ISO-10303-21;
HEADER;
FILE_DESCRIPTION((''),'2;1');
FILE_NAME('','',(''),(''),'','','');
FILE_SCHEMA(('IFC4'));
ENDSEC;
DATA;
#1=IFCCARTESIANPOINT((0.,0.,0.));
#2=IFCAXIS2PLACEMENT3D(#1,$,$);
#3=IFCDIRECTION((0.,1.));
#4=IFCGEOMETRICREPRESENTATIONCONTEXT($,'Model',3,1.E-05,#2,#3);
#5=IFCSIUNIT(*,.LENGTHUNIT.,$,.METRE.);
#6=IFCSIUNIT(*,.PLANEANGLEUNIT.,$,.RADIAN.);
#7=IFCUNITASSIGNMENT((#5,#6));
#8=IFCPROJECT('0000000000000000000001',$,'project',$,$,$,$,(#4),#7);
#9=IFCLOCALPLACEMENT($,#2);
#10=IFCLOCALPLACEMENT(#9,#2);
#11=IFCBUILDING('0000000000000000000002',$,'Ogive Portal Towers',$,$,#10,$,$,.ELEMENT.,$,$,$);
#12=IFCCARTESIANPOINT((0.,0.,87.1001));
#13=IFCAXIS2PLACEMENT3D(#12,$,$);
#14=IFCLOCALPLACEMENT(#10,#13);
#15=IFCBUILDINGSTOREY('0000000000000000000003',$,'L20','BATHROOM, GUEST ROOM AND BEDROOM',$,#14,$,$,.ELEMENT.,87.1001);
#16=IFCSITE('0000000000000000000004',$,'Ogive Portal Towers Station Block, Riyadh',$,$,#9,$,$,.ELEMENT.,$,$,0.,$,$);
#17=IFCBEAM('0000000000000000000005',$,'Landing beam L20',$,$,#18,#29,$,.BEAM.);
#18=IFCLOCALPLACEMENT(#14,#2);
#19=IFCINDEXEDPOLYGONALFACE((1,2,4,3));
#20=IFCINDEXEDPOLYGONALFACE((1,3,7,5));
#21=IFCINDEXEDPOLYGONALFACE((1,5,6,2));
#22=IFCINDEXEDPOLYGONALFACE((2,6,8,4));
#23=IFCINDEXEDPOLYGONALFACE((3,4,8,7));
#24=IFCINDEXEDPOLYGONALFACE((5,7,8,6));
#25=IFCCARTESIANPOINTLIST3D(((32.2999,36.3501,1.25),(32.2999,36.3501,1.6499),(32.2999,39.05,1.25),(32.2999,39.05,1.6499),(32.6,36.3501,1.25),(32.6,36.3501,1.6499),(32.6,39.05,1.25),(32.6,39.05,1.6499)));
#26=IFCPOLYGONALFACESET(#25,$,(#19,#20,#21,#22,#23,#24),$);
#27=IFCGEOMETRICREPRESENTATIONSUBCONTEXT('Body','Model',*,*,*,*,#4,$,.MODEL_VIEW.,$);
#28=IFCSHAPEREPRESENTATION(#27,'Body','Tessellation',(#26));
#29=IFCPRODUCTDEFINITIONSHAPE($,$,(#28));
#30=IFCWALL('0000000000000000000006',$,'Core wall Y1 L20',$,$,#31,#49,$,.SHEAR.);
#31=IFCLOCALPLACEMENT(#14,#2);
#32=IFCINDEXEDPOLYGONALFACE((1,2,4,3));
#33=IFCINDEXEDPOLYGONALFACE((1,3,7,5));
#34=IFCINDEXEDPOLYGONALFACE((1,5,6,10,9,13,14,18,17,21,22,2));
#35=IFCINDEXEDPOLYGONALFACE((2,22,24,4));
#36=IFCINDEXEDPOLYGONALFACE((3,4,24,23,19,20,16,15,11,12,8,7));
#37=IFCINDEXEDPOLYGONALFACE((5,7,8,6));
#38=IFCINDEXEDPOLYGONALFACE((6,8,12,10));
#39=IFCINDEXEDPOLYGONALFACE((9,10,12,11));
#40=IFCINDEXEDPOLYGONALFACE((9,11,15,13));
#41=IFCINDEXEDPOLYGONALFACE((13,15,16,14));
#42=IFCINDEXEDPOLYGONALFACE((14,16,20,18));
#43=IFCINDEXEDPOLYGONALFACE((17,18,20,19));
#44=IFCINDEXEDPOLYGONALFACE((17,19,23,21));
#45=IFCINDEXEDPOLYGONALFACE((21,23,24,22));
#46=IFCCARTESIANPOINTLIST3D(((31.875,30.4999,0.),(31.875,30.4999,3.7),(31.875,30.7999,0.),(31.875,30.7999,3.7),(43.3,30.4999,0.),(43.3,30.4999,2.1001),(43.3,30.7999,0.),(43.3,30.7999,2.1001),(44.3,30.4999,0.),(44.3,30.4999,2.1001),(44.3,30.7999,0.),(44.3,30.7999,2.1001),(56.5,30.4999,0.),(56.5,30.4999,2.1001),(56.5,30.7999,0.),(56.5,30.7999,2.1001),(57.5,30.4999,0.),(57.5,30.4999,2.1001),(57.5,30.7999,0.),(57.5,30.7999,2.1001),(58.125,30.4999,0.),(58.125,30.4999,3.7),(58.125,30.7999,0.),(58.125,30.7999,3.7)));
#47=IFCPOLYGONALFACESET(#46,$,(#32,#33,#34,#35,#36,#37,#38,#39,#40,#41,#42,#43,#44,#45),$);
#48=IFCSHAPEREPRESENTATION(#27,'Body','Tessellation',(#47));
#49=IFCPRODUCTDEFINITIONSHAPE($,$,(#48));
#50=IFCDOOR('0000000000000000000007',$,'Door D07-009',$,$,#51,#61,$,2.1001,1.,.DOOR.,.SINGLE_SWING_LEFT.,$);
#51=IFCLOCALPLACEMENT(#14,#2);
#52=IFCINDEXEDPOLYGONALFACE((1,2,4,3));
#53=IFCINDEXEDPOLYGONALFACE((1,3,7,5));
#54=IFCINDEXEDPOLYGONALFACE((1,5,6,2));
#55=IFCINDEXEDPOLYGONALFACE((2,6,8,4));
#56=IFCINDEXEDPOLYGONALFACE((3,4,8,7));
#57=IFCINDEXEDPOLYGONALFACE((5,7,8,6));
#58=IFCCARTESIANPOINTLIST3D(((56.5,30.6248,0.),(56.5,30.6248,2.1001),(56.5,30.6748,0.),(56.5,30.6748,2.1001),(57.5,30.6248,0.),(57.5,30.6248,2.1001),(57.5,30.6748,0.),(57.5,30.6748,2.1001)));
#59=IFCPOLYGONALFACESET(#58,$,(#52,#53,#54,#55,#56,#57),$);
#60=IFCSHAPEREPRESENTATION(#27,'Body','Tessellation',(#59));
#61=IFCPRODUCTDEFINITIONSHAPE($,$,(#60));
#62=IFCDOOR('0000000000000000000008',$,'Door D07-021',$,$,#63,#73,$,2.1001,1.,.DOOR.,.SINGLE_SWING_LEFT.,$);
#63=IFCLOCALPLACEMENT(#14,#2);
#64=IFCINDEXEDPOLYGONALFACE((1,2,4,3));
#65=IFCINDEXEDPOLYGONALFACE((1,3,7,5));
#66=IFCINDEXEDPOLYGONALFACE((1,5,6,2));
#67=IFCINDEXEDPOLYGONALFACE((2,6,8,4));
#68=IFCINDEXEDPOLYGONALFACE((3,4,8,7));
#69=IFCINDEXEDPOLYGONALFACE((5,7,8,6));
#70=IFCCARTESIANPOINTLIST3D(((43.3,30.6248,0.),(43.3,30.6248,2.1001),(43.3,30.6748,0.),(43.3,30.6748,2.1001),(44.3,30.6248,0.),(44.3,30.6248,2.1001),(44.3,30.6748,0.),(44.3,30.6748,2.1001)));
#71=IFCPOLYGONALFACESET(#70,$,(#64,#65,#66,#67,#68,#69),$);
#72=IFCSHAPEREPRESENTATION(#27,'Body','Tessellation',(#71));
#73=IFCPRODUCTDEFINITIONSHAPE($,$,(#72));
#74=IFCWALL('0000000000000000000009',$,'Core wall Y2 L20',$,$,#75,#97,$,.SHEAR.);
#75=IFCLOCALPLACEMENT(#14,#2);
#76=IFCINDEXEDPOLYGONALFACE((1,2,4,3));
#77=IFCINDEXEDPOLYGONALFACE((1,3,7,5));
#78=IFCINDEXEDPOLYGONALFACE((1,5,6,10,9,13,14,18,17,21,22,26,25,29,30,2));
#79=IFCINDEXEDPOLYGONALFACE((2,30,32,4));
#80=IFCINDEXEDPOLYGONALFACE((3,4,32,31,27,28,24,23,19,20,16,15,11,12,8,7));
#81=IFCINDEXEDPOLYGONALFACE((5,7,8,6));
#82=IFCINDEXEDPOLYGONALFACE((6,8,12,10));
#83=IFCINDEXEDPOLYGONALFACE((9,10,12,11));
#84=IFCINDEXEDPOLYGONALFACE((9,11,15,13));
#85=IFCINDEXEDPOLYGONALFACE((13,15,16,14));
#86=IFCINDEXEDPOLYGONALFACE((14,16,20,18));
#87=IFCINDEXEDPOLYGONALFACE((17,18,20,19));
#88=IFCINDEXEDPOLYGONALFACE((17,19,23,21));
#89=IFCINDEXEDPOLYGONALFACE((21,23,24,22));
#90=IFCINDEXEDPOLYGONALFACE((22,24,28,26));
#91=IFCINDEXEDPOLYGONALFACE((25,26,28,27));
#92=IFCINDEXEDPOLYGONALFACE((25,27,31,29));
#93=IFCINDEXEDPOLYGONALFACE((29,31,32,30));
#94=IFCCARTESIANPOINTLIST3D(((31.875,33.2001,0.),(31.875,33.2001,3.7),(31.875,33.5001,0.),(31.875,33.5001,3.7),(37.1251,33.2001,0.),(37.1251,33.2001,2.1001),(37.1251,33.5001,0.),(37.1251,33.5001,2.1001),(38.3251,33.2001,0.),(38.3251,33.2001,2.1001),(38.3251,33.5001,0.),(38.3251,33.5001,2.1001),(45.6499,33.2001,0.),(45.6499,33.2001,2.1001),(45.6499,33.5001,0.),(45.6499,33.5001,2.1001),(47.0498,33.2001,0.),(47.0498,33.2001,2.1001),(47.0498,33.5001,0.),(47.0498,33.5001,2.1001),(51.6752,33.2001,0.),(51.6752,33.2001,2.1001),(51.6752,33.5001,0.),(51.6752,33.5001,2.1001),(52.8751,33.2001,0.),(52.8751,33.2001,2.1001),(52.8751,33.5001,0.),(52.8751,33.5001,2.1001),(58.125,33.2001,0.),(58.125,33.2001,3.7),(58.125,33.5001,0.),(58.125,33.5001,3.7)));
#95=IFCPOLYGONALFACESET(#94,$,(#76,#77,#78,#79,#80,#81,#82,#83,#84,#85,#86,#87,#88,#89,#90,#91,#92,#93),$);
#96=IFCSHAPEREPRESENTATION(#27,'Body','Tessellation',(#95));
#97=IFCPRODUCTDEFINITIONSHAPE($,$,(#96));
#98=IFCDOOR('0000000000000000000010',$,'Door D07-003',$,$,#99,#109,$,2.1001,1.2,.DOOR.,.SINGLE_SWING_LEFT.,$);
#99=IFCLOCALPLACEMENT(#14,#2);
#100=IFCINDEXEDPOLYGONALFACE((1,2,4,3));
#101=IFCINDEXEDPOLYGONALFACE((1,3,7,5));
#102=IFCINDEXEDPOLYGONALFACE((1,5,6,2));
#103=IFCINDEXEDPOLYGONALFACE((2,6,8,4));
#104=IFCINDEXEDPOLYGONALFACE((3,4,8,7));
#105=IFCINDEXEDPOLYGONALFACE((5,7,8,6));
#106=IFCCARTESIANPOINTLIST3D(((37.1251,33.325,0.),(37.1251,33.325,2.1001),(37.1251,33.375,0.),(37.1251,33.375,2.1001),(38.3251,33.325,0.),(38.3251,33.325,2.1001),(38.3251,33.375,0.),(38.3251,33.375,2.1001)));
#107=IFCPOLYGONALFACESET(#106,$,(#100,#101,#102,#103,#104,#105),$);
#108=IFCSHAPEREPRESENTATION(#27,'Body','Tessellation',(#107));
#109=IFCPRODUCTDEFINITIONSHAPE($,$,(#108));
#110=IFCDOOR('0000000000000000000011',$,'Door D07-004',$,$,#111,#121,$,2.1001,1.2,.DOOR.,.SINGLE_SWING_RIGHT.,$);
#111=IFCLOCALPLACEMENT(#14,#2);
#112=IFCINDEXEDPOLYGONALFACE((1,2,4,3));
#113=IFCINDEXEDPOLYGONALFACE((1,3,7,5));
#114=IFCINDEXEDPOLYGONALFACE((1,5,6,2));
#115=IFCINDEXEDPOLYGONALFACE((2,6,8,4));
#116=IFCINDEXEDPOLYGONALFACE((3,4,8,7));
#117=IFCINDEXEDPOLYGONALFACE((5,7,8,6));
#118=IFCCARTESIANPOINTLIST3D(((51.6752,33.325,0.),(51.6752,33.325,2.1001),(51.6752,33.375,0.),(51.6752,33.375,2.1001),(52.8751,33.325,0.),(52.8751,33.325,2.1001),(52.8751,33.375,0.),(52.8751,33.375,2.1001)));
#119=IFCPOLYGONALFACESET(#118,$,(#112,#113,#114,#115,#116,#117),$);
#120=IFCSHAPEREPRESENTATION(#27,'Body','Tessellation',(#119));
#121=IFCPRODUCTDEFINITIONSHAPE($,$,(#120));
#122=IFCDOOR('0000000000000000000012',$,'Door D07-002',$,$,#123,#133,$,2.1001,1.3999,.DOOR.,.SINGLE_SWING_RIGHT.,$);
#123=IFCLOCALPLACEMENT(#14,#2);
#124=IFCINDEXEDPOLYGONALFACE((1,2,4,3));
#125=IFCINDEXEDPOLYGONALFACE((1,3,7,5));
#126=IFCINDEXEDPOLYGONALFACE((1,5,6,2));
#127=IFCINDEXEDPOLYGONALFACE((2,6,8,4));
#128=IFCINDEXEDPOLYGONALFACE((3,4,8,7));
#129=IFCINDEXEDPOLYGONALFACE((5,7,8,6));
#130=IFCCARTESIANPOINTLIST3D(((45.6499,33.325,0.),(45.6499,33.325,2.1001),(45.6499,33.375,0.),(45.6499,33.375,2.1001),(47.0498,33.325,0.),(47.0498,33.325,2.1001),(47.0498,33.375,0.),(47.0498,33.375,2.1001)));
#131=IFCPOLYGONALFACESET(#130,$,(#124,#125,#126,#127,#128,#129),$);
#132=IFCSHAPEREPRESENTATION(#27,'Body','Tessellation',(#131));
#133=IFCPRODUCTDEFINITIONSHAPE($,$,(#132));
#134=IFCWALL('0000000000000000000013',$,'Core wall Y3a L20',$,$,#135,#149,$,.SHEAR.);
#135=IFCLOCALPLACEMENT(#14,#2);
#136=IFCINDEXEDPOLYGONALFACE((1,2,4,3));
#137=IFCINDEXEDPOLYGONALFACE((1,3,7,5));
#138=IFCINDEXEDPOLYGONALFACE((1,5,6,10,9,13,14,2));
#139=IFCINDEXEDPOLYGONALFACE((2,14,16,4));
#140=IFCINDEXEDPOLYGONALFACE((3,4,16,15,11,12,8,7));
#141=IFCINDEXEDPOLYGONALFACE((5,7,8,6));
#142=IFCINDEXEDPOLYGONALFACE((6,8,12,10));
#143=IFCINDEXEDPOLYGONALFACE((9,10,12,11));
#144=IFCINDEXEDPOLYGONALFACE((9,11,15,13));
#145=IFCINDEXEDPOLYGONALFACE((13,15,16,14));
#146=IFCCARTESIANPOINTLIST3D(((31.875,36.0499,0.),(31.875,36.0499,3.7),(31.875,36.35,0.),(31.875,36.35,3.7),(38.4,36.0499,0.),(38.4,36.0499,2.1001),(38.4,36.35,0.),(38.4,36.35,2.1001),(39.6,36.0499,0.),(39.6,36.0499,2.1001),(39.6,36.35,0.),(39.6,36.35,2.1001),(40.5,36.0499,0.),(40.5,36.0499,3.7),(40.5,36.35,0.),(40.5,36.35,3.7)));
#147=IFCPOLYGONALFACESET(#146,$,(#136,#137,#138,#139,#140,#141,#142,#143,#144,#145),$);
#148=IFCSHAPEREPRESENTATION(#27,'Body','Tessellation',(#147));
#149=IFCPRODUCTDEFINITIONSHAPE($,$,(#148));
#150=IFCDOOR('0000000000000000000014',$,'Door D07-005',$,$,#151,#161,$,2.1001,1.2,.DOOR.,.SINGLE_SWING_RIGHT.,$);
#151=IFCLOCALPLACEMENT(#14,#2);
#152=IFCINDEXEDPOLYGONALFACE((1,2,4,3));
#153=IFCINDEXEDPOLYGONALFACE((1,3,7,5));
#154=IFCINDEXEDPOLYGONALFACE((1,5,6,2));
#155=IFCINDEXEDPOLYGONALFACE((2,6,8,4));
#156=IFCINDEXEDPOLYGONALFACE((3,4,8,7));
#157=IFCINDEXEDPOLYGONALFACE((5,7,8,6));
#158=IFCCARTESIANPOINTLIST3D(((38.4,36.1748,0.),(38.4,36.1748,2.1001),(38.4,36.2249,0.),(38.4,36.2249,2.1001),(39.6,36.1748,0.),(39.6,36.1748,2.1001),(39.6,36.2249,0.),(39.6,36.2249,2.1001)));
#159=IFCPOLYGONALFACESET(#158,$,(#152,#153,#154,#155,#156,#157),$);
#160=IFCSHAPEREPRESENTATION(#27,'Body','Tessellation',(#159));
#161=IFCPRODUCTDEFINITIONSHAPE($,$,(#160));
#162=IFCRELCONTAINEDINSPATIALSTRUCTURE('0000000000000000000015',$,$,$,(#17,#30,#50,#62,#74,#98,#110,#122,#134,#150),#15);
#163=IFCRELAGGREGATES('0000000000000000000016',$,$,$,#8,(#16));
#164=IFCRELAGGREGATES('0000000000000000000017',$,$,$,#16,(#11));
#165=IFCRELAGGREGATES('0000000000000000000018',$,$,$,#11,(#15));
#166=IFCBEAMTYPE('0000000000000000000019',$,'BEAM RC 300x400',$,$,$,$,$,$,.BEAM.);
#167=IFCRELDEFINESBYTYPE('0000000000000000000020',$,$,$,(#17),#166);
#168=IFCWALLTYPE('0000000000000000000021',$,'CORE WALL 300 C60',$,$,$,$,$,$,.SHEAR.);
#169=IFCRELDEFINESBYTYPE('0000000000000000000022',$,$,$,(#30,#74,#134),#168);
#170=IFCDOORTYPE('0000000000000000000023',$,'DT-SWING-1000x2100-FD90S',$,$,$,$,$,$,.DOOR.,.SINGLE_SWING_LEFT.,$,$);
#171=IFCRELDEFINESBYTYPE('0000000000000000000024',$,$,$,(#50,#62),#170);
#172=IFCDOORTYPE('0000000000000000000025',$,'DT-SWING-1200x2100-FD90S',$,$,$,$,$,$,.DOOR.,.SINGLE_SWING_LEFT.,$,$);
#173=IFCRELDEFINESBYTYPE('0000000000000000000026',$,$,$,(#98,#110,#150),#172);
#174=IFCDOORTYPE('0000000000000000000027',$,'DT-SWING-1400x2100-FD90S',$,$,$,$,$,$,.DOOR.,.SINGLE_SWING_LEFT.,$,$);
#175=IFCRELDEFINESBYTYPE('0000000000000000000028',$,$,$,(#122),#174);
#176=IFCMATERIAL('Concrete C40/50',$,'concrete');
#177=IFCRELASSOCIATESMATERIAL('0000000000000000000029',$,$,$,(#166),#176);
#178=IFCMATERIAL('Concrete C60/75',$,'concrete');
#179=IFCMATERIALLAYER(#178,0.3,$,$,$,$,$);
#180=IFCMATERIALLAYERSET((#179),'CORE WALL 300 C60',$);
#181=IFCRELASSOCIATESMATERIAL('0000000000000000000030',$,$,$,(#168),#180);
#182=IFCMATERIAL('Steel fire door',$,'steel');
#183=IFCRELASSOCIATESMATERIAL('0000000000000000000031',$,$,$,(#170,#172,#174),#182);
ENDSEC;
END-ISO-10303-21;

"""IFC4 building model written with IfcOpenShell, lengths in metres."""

from ifc_helpers import new_model, si_unit, direction, frame, frame_2d, origin, origin_2d, place, context, subcontext, project, spatial, rectangle, extrude, material, layer, layer_set, material_profile, profile_set, type_object, element, fill, save


model = new_model("IFC4")

# Units and contexts
model_context = context("Model", 3, precision=1e-05, world=origin(), true_north=direction((0.0, 1.0)))
body_context = subcontext(model_context, "Body", "Model", "MODEL_VIEW")
ifc_project = project(units=[si_unit("LENGTHUNIT", "METRE"), si_unit("PLANEANGLEUNIT", "RADIAN")], contexts=[model_context])

# Site, building, storey
site_placement = place(None, origin())
site = spatial("IfcSite", under=ifc_project, at=site_placement, Name="Ogive Portal Towers Station Block, Riyadh", CompositionType="ELEMENT", RefElevation=0.0)
building_placement = place(site_placement, origin())
building = spatial("IfcBuilding", under=site, at=building_placement, Name="Ogive Portal Towers", CompositionType="ELEMENT")
storey_placement = place(building_placement, frame((0.0, 0.0, 87.1001)))
storey = spatial("IfcBuildingStorey", under=building, at=storey_placement, Name="L20", Description="BATHROOM, GUEST ROOM AND BEDROOM", CompositionType="ELEMENT", Elevation=87.1001)

# Beam
ifc_material_1 = material(Name="Concrete C40/50", Category="concrete")
ifc_material_profile = material_profile(ifc_material_1, rectangle(XDim=0.3, YDim=0.3999, at=origin_2d()), Name="RC 300x400")
ifc_profile_set = profile_set([ifc_material_profile], Name="Concrete C40/50")
beam_type = type_object("IfcBeamType", Name="BEAM RC 300x400", PredefinedType="BEAM", material=ifc_profile_set)
beam_placement = place(storey_placement, frame((32.45, 36.3501, 1.45), z_axis=(0.0, 1.0, 0.0), x_axis=(-1.0, 0.0, 0.0)))
element("IfcBeam", 1, at=beam_placement, inside=storey, type_object=beam_type, Name="Landing beam L20", PredefinedType="BEAM", context=body_context, shape_type="SweptSolid", body=[
    extrude(rectangle(XDim=0.3, YDim=0.3999, at=origin_2d()), origin(), (0.0, 0.0, 1.0), 2.7),
])

# Walls, openings, doors
ifc_material_2 = material(Name="Concrete C60/75", Category="concrete")
ifc_layer_1 = layer(ifc_material_2, 0.3)
ifc_layer_set_1 = layer_set([ifc_layer_1], Name="CORE WALL 300 C60")
wall_type_1 = type_object("IfcWallType", Name="CORE WALL 300 C60", PredefinedType="SHEAR", material=ifc_layer_set_1)
wall_1_placement = place(storey_placement, frame((31.875, 30.6499, 0.0), z_axis=(0.0, 0.0, 1.0), x_axis=(1.0, 0.0, 0.0)))
wall_1 = element("IfcWall", 2, at=wall_1_placement, inside=storey, type_object=wall_type_1, Name="Core wall Y1 L20", PredefinedType="SHEAR", context=body_context, shape_type="SweptSolid", body=[
    extrude(rectangle(XDim=26.25, YDim=0.3, at=frame_2d((13.125, 0.0))), origin(), (0.0, 0.0, 1.0), 3.7),
])
opening_1_placement = place(wall_1_placement, frame((24.625, 0.0, 0.0)))
opening_1 = element("IfcOpeningElement", 3, at=opening_1_placement, cuts=wall_1, PredefinedType="OPENING", context=body_context, shape_type="SweptSolid", body=[
    extrude(rectangle(XDim=1.0, YDim=2.1001, at=frame_2d((0.5, 1.05))), frame((0.0, 0.1602, 0.0), z_axis=(0.0, -1.0, 0.0), x_axis=(1.0, 0.0, 0.0)), (0.0, 0.0, 1.0), 0.3201),
])
opening_2_placement = place(wall_1_placement, frame((11.425, 0.0, 0.0)))
opening_2 = element("IfcOpeningElement", 4, at=opening_2_placement, cuts=wall_1, PredefinedType="OPENING", context=body_context, shape_type="SweptSolid", body=[
    extrude(rectangle(XDim=1.0, YDim=2.1001, at=frame_2d((0.5, 1.05))), frame((0.0, 0.1602, 0.0), z_axis=(0.0, -1.0, 0.0), x_axis=(1.0, 0.0, 0.0)), (0.0, 0.0, 1.0), 0.3201),
])
ifc_material_3 = material(Name="Steel fire door", Category="steel")
door_type_1 = type_object("IfcDoorType", Name="DT-SWING-1000x2100-FD90S", OperationType="SINGLE_SWING_LEFT", PredefinedType="DOOR", material=ifc_material_3)
door_1_placement = place(opening_1_placement, origin())
door_1 = element("IfcDoor", 5, at=door_1_placement, inside=storey, type_object=door_type_1, Name="Door D07-009", OperationType="SINGLE_SWING_LEFT", OverallHeight=2.1001, OverallWidth=1.0, PredefinedType="DOOR", context=body_context, shape_type="SweptSolid", body=[
    extrude(rectangle(XDim=1.0, YDim=2.1001, at=frame_2d((0.5, 1.05))), frame((0.0, 0.0249, 0.0), z_axis=(0.0, -1.0, 0.0), x_axis=(1.0, 0.0, 0.0)), (0.0, 0.0, 1.0), 0.05),
])
fill(opening_1, door_1)
door_2_placement = place(opening_2_placement, origin())
door_2 = element("IfcDoor", 6, at=door_2_placement, inside=storey, type_object=door_type_1, Name="Door D07-021", OperationType="SINGLE_SWING_LEFT", OverallHeight=2.1001, OverallWidth=1.0, PredefinedType="DOOR", context=body_context, shape_type="SweptSolid", body=[
    extrude(rectangle(XDim=1.0, YDim=2.1001, at=frame_2d((0.5, 1.05))), frame((0.0, 0.0249, 0.0), z_axis=(0.0, -1.0, 0.0), x_axis=(1.0, 0.0, 0.0)), (0.0, 0.0, 1.0), 0.05),
])
fill(opening_2, door_2)
wall_2_placement = place(storey_placement, frame((31.875, 33.3501, 0.0), z_axis=(0.0, 0.0, 1.0), x_axis=(1.0, 0.0, 0.0)))
wall_2 = element("IfcWall", 7, at=wall_2_placement, inside=storey, type_object=wall_type_1, Name="Core wall Y2 L20", PredefinedType="SHEAR", context=body_context, shape_type="SweptSolid", body=[
    extrude(rectangle(XDim=26.25, YDim=0.3, at=frame_2d((13.125, 0.0))), origin(), (0.0, 0.0, 1.0), 3.7),
])
opening_3_placement = place(wall_2_placement, frame((13.7749, 0.0, 0.0)))
opening_3 = element("IfcOpeningElement", 8, at=opening_3_placement, cuts=wall_2, PredefinedType="OPENING", context=body_context, shape_type="SweptSolid", body=[
    extrude(rectangle(XDim=1.3999, YDim=2.1001, at=frame_2d((0.7, 1.05))), frame((0.0, 0.1602, 0.0), z_axis=(0.0, -1.0, 0.0), x_axis=(1.0, 0.0, 0.0)), (0.0, 0.0, 1.0), 0.3201),
])
opening_4_placement = place(wall_2_placement, frame((5.25, 0.0, 0.0)))
opening_4 = element("IfcOpeningElement", 9, at=opening_4_placement, cuts=wall_2, PredefinedType="OPENING", context=body_context, shape_type="SweptSolid", body=[
    extrude(rectangle(XDim=1.2, YDim=2.1001, at=frame_2d((0.6001, 1.05))), frame((0.0, 0.1602, 0.0), z_axis=(0.0, -1.0, 0.0), x_axis=(1.0, 0.0, 0.0)), (0.0, 0.0, 1.0), 0.3201),
])
opening_5_placement = place(wall_2_placement, frame((19.8, 0.0, 0.0)))
opening_5 = element("IfcOpeningElement", 10, at=opening_5_placement, cuts=wall_2, PredefinedType="OPENING", context=body_context, shape_type="SweptSolid", body=[
    extrude(rectangle(XDim=1.2, YDim=2.1001, at=frame_2d((0.6001, 1.05))), frame((0.0, 0.1602, 0.0), z_axis=(0.0, -1.0, 0.0), x_axis=(1.0, 0.0, 0.0)), (0.0, 0.0, 1.0), 0.3201),
])
door_type_2 = type_object("IfcDoorType", Name="DT-SWING-1200x2100-FD90S", OperationType="SINGLE_SWING_LEFT", PredefinedType="DOOR", material=ifc_material_3)
door_3_placement = place(opening_4_placement, origin())
door_3 = element("IfcDoor", 11, at=door_3_placement, inside=storey, type_object=door_type_2, Name="Door D07-003", OperationType="SINGLE_SWING_LEFT", OverallHeight=2.1001, OverallWidth=1.2, PredefinedType="DOOR", context=body_context, shape_type="SweptSolid", body=[
    extrude(rectangle(XDim=1.2, YDim=2.1001, at=frame_2d((0.6001, 1.05))), frame((0.0, 0.0249, 0.0), z_axis=(0.0, -1.0, 0.0), x_axis=(1.0, 0.0, 0.0)), (0.0, 0.0, 1.0), 0.05),
])
fill(opening_4, door_3)
door_4_placement = place(opening_5_placement, origin())
door_4 = element("IfcDoor", 12, at=door_4_placement, inside=storey, type_object=door_type_2, Name="Door D07-004", OperationType="SINGLE_SWING_RIGHT", OverallHeight=2.1001, OverallWidth=1.2, PredefinedType="DOOR", context=body_context, shape_type="SweptSolid", body=[
    extrude(rectangle(XDim=1.2, YDim=2.1001, at=frame_2d((0.6001, 1.05))), frame((0.0, 0.0249, 0.0), z_axis=(0.0, -1.0, 0.0), x_axis=(1.0, 0.0, 0.0)), (0.0, 0.0, 1.0), 0.05),
])
fill(opening_5, door_4)
door_type_3 = type_object("IfcDoorType", Name="DT-SWING-1400x2100-FD90S", OperationType="SINGLE_SWING_LEFT", PredefinedType="DOOR", material=ifc_material_3)
door_5_placement = place(opening_3_placement, origin())
door_5 = element("IfcDoor", 13, at=door_5_placement, inside=storey, type_object=door_type_3, Name="Door D07-002", OperationType="SINGLE_SWING_RIGHT", OverallHeight=2.1001, OverallWidth=1.3999, PredefinedType="DOOR", context=body_context, shape_type="SweptSolid", body=[
    extrude(rectangle(XDim=1.3999, YDim=2.1001, at=frame_2d((0.7, 1.05))), frame((0.0, 0.0249, 0.0), z_axis=(0.0, -1.0, 0.0), x_axis=(1.0, 0.0, 0.0)), (0.0, 0.0, 1.0), 0.05),
])
fill(opening_3, door_5)

# Wall, opening, door
wall_3_placement = place(storey_placement, frame((31.875, 36.2, 0.0), z_axis=(0.0, 0.0, 1.0), x_axis=(1.0, 0.0, 0.0)))
wall_3 = element("IfcWall", 14, at=wall_3_placement, inside=storey, type_object=wall_type_1, Name="Core wall Y3a L20", PredefinedType="SHEAR", context=body_context, shape_type="SweptSolid", body=[
    extrude(rectangle(XDim=8.625, YDim=0.3, at=frame_2d((4.3125, 0.0))), origin(), (0.0, 0.0, 1.0), 3.7),
])
opening_6_placement = place(wall_3_placement, frame((6.5249, 0.0, 0.0)))
opening_6 = element("IfcOpeningElement", 15, at=opening_6_placement, cuts=wall_3, PredefinedType="OPENING", context=body_context, shape_type="SweptSolid", body=[
    extrude(rectangle(XDim=1.2, YDim=2.1001, at=frame_2d((0.6001, 1.05))), frame((0.0, 0.1602, 0.0), z_axis=(0.0, -1.0, 0.0), x_axis=(1.0, 0.0, 0.0)), (0.0, 0.0, 1.0), 0.3201),
])
door_6_placement = place(opening_6_placement, origin())
door_6 = element("IfcDoor", 16, at=door_6_placement, inside=storey, type_object=door_type_2, Name="Door D07-005", OperationType="SINGLE_SWING_RIGHT", OverallHeight=2.1001, OverallWidth=1.2, PredefinedType="DOOR", context=body_context, shape_type="SweptSolid", body=[
    extrude(rectangle(XDim=1.2, YDim=2.1001, at=frame_2d((0.6001, 1.05))), frame((0.0, 0.0249, 0.0), z_axis=(0.0, -1.0, 0.0), x_axis=(1.0, 0.0, 0.0)), (0.0, 0.0, 1.0), 0.05),
])
fill(opening_6, door_6)

save(model, "model.ifc")
